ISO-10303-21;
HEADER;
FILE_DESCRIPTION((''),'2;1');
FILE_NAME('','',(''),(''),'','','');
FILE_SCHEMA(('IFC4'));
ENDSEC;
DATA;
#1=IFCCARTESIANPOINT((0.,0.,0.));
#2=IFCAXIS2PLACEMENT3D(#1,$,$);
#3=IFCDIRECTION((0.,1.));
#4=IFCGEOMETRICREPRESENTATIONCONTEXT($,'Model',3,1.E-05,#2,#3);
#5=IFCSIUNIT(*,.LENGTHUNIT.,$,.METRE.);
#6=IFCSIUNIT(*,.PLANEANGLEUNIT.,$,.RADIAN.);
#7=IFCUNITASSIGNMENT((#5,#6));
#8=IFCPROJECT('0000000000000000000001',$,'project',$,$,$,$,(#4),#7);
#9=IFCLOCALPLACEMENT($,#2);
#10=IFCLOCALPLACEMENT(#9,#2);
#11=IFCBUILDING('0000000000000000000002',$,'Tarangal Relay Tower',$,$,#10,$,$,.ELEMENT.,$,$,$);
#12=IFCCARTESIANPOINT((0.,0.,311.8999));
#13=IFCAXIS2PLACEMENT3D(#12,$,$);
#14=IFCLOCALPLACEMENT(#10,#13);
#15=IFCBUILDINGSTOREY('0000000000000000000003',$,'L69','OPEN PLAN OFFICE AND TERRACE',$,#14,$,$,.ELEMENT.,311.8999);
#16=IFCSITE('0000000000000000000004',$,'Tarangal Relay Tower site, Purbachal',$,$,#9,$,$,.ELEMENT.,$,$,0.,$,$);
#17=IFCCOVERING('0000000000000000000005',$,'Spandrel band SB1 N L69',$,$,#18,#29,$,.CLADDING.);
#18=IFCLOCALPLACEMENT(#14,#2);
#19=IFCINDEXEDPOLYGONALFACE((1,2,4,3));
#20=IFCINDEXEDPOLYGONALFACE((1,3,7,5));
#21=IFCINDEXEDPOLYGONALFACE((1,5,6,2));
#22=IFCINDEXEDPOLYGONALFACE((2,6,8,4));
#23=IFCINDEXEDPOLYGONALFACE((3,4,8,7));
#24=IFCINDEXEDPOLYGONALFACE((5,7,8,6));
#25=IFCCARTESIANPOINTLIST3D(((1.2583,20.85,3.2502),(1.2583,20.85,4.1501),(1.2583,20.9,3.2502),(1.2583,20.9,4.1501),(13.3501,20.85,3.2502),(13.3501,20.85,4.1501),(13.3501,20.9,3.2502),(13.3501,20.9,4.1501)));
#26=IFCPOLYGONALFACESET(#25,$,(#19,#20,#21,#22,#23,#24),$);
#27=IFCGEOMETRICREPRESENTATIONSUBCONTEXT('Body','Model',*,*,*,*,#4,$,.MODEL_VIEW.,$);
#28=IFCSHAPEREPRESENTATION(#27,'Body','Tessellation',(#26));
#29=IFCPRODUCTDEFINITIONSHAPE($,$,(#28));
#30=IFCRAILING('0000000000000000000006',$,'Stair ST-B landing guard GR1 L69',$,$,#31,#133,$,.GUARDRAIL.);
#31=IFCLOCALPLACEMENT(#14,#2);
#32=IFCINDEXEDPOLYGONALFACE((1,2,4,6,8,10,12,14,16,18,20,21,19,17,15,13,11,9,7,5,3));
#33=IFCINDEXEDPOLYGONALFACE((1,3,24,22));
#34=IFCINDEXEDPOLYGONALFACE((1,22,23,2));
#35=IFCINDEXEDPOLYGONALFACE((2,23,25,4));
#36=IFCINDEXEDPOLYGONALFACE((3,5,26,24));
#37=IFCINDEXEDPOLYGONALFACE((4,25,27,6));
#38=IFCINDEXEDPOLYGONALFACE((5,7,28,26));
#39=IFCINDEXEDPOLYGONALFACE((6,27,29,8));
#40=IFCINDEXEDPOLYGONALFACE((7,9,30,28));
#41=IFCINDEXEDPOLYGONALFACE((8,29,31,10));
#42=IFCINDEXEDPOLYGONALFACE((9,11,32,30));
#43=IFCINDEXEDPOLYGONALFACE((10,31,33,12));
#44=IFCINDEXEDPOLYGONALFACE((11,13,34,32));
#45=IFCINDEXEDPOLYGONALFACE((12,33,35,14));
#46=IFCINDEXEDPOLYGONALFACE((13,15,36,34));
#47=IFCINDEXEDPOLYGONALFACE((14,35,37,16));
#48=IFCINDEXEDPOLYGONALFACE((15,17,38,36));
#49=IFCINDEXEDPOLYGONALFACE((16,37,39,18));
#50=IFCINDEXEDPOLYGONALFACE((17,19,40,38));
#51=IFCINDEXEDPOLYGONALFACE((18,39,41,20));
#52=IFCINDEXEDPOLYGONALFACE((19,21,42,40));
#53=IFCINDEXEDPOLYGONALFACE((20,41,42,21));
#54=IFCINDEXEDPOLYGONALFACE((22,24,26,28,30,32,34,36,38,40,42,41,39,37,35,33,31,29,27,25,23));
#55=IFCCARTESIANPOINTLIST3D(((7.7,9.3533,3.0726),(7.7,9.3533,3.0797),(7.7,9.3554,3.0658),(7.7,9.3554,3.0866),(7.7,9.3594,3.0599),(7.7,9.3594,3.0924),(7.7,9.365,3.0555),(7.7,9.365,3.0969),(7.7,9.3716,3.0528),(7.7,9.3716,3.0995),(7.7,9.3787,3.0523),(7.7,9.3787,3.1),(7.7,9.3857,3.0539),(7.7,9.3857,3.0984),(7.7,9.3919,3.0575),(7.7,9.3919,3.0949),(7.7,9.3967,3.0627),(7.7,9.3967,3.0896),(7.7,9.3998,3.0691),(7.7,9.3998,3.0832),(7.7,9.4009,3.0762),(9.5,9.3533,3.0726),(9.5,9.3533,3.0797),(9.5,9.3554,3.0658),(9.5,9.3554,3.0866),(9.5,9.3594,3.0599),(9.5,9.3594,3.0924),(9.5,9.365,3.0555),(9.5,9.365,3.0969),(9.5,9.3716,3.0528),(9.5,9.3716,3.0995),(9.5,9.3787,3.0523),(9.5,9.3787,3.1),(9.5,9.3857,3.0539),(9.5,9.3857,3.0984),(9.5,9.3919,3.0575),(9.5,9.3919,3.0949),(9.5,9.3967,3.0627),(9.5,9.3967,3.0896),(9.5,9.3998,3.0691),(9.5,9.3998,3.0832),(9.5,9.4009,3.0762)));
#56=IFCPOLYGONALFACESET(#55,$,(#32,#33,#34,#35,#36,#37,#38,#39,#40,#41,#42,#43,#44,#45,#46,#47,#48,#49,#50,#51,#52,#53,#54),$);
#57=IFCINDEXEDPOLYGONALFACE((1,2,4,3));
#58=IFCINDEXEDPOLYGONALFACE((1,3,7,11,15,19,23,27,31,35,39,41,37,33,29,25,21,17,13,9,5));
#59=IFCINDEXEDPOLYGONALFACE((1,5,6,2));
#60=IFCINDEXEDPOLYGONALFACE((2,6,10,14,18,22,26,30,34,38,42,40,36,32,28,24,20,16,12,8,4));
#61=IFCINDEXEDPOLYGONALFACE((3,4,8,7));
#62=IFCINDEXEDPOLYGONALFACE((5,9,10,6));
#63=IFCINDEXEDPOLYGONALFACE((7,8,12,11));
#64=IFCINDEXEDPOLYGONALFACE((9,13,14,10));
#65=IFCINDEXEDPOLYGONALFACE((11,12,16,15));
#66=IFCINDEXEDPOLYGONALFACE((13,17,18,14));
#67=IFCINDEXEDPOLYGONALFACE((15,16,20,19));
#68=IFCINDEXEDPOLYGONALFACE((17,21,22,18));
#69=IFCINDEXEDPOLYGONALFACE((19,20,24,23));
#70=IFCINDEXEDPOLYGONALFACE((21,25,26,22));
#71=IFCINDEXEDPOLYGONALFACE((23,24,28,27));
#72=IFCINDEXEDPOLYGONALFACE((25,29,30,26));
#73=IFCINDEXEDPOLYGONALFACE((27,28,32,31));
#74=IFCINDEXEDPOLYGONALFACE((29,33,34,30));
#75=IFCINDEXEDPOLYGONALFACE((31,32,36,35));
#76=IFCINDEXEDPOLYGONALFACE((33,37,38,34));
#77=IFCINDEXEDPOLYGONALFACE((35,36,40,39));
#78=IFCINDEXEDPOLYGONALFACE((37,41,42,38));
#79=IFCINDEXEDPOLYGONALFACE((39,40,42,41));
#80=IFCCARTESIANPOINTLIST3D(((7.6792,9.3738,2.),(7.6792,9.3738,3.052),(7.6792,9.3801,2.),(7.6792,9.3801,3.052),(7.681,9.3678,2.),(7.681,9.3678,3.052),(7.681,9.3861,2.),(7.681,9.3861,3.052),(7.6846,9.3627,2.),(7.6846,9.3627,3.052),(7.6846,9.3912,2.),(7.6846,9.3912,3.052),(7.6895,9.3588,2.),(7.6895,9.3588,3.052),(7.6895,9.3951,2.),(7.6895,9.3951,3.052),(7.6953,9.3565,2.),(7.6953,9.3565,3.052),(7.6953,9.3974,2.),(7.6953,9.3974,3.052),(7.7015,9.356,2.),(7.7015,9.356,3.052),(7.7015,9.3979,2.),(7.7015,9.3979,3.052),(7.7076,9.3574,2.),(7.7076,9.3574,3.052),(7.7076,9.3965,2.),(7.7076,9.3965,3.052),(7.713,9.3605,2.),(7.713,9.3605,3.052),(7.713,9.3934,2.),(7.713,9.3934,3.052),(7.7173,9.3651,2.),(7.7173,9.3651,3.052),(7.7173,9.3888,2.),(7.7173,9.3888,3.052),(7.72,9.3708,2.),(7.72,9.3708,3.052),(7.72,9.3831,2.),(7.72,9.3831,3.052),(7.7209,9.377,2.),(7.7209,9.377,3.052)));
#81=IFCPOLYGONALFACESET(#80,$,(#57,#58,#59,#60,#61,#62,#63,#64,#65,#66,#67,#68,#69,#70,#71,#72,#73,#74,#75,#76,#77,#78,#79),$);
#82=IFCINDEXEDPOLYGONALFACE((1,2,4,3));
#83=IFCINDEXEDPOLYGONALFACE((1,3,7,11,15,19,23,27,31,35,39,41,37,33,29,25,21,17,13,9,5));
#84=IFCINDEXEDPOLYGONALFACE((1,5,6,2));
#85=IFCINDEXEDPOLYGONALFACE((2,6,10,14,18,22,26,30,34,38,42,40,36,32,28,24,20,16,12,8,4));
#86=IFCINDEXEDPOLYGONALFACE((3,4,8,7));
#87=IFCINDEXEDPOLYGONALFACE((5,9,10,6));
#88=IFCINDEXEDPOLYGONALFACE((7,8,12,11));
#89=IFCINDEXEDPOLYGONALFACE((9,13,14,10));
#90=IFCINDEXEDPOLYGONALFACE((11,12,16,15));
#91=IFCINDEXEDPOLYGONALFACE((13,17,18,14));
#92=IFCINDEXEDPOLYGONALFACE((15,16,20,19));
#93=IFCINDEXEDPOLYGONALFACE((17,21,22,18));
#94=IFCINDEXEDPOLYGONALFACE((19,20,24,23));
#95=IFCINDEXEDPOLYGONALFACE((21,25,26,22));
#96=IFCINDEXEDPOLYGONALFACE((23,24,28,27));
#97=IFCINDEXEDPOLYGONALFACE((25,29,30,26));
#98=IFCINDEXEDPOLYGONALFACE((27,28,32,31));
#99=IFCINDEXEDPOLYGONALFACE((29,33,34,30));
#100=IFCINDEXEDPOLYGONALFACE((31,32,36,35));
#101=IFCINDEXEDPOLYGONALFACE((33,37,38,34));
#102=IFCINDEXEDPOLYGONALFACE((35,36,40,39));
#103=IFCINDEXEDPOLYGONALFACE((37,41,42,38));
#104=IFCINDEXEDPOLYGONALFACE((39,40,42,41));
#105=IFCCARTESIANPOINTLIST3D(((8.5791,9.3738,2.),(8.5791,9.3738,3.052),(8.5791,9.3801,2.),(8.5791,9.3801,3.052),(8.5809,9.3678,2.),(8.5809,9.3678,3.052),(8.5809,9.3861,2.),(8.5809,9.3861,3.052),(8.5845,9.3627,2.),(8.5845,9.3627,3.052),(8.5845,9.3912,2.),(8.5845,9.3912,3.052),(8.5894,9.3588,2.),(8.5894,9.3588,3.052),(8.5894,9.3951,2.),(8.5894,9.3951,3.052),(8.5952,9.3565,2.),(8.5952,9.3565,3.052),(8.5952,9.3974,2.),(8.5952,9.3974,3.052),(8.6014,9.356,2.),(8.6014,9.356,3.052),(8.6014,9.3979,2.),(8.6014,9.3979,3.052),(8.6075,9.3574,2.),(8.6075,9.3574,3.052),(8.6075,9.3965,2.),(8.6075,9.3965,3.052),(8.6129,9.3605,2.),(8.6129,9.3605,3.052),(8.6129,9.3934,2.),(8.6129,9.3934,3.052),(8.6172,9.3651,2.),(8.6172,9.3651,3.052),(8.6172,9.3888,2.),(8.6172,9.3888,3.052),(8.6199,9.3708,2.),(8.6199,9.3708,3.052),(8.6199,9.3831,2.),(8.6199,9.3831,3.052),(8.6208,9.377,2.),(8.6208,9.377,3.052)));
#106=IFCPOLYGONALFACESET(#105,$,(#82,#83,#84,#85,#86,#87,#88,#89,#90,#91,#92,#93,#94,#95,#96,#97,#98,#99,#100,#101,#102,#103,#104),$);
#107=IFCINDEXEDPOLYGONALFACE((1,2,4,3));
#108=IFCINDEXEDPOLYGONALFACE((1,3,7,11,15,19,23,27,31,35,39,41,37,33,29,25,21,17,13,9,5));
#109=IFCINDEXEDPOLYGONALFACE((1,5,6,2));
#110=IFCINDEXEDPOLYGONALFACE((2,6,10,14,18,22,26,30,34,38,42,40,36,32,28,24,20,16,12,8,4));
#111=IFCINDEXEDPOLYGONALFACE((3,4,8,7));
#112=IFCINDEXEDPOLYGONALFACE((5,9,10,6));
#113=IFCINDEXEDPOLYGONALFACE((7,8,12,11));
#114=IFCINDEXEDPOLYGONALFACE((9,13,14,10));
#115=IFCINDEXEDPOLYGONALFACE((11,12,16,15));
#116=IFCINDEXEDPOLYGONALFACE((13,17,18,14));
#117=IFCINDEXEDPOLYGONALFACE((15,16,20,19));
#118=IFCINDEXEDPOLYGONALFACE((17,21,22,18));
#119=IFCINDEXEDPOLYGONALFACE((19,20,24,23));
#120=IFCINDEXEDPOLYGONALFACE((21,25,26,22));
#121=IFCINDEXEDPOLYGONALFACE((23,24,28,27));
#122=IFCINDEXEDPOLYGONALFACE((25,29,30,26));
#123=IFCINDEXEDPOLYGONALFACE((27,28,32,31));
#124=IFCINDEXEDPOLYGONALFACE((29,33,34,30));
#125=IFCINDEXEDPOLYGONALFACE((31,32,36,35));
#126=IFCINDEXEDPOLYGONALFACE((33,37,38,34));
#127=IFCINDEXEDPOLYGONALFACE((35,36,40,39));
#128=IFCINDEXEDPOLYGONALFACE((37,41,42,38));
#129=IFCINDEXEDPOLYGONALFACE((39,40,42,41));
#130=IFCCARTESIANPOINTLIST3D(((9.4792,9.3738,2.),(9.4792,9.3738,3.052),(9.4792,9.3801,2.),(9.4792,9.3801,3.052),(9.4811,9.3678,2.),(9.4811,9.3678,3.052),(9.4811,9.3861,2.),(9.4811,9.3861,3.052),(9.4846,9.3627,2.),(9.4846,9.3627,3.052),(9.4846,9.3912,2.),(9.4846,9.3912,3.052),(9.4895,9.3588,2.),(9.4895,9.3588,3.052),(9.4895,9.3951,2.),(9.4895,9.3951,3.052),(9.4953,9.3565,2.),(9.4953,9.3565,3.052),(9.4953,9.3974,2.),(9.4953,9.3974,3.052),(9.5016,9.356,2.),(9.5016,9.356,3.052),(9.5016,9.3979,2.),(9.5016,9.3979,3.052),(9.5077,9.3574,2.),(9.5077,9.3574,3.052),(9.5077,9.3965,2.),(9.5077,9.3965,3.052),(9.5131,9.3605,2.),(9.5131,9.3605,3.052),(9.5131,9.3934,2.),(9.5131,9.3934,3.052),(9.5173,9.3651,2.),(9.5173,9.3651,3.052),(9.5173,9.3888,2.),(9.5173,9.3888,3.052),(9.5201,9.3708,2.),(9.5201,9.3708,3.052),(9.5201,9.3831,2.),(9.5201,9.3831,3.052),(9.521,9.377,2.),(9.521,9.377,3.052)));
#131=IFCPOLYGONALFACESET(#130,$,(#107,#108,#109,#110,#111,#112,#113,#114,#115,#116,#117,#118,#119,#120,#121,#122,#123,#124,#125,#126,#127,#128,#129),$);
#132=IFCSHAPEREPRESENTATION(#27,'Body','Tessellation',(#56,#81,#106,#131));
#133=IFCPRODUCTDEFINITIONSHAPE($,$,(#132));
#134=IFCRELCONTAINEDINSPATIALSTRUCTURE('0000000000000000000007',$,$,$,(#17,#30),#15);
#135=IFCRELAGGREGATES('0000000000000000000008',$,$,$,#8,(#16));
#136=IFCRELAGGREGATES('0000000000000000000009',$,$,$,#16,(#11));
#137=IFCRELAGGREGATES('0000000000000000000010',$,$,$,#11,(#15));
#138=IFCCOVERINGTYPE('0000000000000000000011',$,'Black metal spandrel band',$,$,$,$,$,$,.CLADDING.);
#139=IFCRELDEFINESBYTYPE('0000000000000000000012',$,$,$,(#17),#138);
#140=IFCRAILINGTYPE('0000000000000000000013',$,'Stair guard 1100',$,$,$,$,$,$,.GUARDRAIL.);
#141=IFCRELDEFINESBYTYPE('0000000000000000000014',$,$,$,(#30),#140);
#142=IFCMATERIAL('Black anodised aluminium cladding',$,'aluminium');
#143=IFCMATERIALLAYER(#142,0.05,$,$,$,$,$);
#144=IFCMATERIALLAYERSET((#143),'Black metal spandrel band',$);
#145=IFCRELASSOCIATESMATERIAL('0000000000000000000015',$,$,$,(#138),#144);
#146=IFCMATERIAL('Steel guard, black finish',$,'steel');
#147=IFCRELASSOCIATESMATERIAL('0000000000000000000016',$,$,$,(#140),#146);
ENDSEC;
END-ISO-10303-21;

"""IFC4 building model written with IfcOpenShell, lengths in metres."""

from ifc_helpers import new_model, si_unit, direction, frame, origin, origin_2d, place, context, subcontext, project, spatial, rectangle, circle, extrude, material, layer, layer_set, type_object, element, save


model = new_model("IFC4")

# Units and contexts
model_context = context("Model", 3, precision=1e-05, world=origin(), true_north=direction((0.0, 1.0)))
body_context = subcontext(model_context, "Body", "Model", "MODEL_VIEW")
ifc_project = project(units=[si_unit("LENGTHUNIT", "METRE"), si_unit("PLANEANGLEUNIT", "RADIAN")], contexts=[model_context])

# Site, building, storey
site_placement = place(None, origin())
site = spatial("IfcSite", under=ifc_project, at=site_placement, Name="Tarangal Relay Tower site, Purbachal", CompositionType="ELEMENT", RefElevation=0.0)
building_placement = place(site_placement, origin())
building = spatial("IfcBuilding", under=site, at=building_placement, Name="Tarangal Relay Tower", CompositionType="ELEMENT")
storey_placement = place(building_placement, frame((0.0, 0.0, 311.8999)))
storey = spatial("IfcBuildingStorey", under=building, at=storey_placement, Name="L69", Description="OPEN PLAN OFFICE AND TERRACE", CompositionType="ELEMENT", Elevation=311.8999)

# Covering
ifc_material_1 = material(Name="Black anodised aluminium cladding", Category="aluminium")
ifc_layer_1 = layer(ifc_material_1, 0.05)
ifc_layer_set_1 = layer_set([ifc_layer_1], Name="Black metal spandrel band")
covering_type = type_object("IfcCoveringType", Name="Black metal spandrel band", PredefinedType="CLADDING", material=ifc_layer_set_1)
covering_placement = place(storey_placement, frame((7.3042, 20.875, 3.2502), z_axis=(0.0, 0.0, 1.0), x_axis=(1.0, 0.0, 0.0)))
element("IfcCovering", 1, at=covering_placement, inside=storey, type_object=covering_type, Name="Spandrel band SB1 N L69", PredefinedType="CLADDING", context=body_context, shape_type="SweptSolid", body=[
    extrude(rectangle(XDim=12.0918, YDim=0.05, at=origin_2d()), origin(), (0.0, 0.0, 1.0), 0.8999),
])

# Railing
ifc_material_2 = material(Name="Steel guard, black finish", Category="steel")
railing_type = type_object("IfcRailingType", Name="Stair guard 1100", PredefinedType="GUARDRAIL", material=ifc_material_2)
railing_placement = place(storey_placement, frame((7.7, 9.377, 2.0)))
element("IfcRailing", 2, at=railing_placement, inside=storey, type_object=railing_type, Name="Stair ST-B landing guard GR1 L69", PredefinedType="GUARDRAIL", context=body_context, shape_type="SweptSolid", body=[
    extrude(circle(Radius=0.0239, at=origin_2d()), frame((0.0, 0.0, 1.0762), z_axis=(1.0, 0.0, 0.0), x_axis=(0.0, 1.0, 0.0)), (0.0, 0.0, 1.0), 1.8),
    extrude(circle(Radius=0.021, at=origin_2d()), origin(), (0.0, 0.0, 1.0), 1.052),
    extrude(circle(Radius=0.021, at=origin_2d()), frame((0.8999, 0.0, 0.0)), (0.0, 0.0, 1.0), 1.052),
    extrude(circle(Radius=0.021, at=origin_2d()), frame((1.8, 0.0, 0.0)), (0.0, 0.0, 1.0), 1.052),
])

save(model, "model.ifc")
